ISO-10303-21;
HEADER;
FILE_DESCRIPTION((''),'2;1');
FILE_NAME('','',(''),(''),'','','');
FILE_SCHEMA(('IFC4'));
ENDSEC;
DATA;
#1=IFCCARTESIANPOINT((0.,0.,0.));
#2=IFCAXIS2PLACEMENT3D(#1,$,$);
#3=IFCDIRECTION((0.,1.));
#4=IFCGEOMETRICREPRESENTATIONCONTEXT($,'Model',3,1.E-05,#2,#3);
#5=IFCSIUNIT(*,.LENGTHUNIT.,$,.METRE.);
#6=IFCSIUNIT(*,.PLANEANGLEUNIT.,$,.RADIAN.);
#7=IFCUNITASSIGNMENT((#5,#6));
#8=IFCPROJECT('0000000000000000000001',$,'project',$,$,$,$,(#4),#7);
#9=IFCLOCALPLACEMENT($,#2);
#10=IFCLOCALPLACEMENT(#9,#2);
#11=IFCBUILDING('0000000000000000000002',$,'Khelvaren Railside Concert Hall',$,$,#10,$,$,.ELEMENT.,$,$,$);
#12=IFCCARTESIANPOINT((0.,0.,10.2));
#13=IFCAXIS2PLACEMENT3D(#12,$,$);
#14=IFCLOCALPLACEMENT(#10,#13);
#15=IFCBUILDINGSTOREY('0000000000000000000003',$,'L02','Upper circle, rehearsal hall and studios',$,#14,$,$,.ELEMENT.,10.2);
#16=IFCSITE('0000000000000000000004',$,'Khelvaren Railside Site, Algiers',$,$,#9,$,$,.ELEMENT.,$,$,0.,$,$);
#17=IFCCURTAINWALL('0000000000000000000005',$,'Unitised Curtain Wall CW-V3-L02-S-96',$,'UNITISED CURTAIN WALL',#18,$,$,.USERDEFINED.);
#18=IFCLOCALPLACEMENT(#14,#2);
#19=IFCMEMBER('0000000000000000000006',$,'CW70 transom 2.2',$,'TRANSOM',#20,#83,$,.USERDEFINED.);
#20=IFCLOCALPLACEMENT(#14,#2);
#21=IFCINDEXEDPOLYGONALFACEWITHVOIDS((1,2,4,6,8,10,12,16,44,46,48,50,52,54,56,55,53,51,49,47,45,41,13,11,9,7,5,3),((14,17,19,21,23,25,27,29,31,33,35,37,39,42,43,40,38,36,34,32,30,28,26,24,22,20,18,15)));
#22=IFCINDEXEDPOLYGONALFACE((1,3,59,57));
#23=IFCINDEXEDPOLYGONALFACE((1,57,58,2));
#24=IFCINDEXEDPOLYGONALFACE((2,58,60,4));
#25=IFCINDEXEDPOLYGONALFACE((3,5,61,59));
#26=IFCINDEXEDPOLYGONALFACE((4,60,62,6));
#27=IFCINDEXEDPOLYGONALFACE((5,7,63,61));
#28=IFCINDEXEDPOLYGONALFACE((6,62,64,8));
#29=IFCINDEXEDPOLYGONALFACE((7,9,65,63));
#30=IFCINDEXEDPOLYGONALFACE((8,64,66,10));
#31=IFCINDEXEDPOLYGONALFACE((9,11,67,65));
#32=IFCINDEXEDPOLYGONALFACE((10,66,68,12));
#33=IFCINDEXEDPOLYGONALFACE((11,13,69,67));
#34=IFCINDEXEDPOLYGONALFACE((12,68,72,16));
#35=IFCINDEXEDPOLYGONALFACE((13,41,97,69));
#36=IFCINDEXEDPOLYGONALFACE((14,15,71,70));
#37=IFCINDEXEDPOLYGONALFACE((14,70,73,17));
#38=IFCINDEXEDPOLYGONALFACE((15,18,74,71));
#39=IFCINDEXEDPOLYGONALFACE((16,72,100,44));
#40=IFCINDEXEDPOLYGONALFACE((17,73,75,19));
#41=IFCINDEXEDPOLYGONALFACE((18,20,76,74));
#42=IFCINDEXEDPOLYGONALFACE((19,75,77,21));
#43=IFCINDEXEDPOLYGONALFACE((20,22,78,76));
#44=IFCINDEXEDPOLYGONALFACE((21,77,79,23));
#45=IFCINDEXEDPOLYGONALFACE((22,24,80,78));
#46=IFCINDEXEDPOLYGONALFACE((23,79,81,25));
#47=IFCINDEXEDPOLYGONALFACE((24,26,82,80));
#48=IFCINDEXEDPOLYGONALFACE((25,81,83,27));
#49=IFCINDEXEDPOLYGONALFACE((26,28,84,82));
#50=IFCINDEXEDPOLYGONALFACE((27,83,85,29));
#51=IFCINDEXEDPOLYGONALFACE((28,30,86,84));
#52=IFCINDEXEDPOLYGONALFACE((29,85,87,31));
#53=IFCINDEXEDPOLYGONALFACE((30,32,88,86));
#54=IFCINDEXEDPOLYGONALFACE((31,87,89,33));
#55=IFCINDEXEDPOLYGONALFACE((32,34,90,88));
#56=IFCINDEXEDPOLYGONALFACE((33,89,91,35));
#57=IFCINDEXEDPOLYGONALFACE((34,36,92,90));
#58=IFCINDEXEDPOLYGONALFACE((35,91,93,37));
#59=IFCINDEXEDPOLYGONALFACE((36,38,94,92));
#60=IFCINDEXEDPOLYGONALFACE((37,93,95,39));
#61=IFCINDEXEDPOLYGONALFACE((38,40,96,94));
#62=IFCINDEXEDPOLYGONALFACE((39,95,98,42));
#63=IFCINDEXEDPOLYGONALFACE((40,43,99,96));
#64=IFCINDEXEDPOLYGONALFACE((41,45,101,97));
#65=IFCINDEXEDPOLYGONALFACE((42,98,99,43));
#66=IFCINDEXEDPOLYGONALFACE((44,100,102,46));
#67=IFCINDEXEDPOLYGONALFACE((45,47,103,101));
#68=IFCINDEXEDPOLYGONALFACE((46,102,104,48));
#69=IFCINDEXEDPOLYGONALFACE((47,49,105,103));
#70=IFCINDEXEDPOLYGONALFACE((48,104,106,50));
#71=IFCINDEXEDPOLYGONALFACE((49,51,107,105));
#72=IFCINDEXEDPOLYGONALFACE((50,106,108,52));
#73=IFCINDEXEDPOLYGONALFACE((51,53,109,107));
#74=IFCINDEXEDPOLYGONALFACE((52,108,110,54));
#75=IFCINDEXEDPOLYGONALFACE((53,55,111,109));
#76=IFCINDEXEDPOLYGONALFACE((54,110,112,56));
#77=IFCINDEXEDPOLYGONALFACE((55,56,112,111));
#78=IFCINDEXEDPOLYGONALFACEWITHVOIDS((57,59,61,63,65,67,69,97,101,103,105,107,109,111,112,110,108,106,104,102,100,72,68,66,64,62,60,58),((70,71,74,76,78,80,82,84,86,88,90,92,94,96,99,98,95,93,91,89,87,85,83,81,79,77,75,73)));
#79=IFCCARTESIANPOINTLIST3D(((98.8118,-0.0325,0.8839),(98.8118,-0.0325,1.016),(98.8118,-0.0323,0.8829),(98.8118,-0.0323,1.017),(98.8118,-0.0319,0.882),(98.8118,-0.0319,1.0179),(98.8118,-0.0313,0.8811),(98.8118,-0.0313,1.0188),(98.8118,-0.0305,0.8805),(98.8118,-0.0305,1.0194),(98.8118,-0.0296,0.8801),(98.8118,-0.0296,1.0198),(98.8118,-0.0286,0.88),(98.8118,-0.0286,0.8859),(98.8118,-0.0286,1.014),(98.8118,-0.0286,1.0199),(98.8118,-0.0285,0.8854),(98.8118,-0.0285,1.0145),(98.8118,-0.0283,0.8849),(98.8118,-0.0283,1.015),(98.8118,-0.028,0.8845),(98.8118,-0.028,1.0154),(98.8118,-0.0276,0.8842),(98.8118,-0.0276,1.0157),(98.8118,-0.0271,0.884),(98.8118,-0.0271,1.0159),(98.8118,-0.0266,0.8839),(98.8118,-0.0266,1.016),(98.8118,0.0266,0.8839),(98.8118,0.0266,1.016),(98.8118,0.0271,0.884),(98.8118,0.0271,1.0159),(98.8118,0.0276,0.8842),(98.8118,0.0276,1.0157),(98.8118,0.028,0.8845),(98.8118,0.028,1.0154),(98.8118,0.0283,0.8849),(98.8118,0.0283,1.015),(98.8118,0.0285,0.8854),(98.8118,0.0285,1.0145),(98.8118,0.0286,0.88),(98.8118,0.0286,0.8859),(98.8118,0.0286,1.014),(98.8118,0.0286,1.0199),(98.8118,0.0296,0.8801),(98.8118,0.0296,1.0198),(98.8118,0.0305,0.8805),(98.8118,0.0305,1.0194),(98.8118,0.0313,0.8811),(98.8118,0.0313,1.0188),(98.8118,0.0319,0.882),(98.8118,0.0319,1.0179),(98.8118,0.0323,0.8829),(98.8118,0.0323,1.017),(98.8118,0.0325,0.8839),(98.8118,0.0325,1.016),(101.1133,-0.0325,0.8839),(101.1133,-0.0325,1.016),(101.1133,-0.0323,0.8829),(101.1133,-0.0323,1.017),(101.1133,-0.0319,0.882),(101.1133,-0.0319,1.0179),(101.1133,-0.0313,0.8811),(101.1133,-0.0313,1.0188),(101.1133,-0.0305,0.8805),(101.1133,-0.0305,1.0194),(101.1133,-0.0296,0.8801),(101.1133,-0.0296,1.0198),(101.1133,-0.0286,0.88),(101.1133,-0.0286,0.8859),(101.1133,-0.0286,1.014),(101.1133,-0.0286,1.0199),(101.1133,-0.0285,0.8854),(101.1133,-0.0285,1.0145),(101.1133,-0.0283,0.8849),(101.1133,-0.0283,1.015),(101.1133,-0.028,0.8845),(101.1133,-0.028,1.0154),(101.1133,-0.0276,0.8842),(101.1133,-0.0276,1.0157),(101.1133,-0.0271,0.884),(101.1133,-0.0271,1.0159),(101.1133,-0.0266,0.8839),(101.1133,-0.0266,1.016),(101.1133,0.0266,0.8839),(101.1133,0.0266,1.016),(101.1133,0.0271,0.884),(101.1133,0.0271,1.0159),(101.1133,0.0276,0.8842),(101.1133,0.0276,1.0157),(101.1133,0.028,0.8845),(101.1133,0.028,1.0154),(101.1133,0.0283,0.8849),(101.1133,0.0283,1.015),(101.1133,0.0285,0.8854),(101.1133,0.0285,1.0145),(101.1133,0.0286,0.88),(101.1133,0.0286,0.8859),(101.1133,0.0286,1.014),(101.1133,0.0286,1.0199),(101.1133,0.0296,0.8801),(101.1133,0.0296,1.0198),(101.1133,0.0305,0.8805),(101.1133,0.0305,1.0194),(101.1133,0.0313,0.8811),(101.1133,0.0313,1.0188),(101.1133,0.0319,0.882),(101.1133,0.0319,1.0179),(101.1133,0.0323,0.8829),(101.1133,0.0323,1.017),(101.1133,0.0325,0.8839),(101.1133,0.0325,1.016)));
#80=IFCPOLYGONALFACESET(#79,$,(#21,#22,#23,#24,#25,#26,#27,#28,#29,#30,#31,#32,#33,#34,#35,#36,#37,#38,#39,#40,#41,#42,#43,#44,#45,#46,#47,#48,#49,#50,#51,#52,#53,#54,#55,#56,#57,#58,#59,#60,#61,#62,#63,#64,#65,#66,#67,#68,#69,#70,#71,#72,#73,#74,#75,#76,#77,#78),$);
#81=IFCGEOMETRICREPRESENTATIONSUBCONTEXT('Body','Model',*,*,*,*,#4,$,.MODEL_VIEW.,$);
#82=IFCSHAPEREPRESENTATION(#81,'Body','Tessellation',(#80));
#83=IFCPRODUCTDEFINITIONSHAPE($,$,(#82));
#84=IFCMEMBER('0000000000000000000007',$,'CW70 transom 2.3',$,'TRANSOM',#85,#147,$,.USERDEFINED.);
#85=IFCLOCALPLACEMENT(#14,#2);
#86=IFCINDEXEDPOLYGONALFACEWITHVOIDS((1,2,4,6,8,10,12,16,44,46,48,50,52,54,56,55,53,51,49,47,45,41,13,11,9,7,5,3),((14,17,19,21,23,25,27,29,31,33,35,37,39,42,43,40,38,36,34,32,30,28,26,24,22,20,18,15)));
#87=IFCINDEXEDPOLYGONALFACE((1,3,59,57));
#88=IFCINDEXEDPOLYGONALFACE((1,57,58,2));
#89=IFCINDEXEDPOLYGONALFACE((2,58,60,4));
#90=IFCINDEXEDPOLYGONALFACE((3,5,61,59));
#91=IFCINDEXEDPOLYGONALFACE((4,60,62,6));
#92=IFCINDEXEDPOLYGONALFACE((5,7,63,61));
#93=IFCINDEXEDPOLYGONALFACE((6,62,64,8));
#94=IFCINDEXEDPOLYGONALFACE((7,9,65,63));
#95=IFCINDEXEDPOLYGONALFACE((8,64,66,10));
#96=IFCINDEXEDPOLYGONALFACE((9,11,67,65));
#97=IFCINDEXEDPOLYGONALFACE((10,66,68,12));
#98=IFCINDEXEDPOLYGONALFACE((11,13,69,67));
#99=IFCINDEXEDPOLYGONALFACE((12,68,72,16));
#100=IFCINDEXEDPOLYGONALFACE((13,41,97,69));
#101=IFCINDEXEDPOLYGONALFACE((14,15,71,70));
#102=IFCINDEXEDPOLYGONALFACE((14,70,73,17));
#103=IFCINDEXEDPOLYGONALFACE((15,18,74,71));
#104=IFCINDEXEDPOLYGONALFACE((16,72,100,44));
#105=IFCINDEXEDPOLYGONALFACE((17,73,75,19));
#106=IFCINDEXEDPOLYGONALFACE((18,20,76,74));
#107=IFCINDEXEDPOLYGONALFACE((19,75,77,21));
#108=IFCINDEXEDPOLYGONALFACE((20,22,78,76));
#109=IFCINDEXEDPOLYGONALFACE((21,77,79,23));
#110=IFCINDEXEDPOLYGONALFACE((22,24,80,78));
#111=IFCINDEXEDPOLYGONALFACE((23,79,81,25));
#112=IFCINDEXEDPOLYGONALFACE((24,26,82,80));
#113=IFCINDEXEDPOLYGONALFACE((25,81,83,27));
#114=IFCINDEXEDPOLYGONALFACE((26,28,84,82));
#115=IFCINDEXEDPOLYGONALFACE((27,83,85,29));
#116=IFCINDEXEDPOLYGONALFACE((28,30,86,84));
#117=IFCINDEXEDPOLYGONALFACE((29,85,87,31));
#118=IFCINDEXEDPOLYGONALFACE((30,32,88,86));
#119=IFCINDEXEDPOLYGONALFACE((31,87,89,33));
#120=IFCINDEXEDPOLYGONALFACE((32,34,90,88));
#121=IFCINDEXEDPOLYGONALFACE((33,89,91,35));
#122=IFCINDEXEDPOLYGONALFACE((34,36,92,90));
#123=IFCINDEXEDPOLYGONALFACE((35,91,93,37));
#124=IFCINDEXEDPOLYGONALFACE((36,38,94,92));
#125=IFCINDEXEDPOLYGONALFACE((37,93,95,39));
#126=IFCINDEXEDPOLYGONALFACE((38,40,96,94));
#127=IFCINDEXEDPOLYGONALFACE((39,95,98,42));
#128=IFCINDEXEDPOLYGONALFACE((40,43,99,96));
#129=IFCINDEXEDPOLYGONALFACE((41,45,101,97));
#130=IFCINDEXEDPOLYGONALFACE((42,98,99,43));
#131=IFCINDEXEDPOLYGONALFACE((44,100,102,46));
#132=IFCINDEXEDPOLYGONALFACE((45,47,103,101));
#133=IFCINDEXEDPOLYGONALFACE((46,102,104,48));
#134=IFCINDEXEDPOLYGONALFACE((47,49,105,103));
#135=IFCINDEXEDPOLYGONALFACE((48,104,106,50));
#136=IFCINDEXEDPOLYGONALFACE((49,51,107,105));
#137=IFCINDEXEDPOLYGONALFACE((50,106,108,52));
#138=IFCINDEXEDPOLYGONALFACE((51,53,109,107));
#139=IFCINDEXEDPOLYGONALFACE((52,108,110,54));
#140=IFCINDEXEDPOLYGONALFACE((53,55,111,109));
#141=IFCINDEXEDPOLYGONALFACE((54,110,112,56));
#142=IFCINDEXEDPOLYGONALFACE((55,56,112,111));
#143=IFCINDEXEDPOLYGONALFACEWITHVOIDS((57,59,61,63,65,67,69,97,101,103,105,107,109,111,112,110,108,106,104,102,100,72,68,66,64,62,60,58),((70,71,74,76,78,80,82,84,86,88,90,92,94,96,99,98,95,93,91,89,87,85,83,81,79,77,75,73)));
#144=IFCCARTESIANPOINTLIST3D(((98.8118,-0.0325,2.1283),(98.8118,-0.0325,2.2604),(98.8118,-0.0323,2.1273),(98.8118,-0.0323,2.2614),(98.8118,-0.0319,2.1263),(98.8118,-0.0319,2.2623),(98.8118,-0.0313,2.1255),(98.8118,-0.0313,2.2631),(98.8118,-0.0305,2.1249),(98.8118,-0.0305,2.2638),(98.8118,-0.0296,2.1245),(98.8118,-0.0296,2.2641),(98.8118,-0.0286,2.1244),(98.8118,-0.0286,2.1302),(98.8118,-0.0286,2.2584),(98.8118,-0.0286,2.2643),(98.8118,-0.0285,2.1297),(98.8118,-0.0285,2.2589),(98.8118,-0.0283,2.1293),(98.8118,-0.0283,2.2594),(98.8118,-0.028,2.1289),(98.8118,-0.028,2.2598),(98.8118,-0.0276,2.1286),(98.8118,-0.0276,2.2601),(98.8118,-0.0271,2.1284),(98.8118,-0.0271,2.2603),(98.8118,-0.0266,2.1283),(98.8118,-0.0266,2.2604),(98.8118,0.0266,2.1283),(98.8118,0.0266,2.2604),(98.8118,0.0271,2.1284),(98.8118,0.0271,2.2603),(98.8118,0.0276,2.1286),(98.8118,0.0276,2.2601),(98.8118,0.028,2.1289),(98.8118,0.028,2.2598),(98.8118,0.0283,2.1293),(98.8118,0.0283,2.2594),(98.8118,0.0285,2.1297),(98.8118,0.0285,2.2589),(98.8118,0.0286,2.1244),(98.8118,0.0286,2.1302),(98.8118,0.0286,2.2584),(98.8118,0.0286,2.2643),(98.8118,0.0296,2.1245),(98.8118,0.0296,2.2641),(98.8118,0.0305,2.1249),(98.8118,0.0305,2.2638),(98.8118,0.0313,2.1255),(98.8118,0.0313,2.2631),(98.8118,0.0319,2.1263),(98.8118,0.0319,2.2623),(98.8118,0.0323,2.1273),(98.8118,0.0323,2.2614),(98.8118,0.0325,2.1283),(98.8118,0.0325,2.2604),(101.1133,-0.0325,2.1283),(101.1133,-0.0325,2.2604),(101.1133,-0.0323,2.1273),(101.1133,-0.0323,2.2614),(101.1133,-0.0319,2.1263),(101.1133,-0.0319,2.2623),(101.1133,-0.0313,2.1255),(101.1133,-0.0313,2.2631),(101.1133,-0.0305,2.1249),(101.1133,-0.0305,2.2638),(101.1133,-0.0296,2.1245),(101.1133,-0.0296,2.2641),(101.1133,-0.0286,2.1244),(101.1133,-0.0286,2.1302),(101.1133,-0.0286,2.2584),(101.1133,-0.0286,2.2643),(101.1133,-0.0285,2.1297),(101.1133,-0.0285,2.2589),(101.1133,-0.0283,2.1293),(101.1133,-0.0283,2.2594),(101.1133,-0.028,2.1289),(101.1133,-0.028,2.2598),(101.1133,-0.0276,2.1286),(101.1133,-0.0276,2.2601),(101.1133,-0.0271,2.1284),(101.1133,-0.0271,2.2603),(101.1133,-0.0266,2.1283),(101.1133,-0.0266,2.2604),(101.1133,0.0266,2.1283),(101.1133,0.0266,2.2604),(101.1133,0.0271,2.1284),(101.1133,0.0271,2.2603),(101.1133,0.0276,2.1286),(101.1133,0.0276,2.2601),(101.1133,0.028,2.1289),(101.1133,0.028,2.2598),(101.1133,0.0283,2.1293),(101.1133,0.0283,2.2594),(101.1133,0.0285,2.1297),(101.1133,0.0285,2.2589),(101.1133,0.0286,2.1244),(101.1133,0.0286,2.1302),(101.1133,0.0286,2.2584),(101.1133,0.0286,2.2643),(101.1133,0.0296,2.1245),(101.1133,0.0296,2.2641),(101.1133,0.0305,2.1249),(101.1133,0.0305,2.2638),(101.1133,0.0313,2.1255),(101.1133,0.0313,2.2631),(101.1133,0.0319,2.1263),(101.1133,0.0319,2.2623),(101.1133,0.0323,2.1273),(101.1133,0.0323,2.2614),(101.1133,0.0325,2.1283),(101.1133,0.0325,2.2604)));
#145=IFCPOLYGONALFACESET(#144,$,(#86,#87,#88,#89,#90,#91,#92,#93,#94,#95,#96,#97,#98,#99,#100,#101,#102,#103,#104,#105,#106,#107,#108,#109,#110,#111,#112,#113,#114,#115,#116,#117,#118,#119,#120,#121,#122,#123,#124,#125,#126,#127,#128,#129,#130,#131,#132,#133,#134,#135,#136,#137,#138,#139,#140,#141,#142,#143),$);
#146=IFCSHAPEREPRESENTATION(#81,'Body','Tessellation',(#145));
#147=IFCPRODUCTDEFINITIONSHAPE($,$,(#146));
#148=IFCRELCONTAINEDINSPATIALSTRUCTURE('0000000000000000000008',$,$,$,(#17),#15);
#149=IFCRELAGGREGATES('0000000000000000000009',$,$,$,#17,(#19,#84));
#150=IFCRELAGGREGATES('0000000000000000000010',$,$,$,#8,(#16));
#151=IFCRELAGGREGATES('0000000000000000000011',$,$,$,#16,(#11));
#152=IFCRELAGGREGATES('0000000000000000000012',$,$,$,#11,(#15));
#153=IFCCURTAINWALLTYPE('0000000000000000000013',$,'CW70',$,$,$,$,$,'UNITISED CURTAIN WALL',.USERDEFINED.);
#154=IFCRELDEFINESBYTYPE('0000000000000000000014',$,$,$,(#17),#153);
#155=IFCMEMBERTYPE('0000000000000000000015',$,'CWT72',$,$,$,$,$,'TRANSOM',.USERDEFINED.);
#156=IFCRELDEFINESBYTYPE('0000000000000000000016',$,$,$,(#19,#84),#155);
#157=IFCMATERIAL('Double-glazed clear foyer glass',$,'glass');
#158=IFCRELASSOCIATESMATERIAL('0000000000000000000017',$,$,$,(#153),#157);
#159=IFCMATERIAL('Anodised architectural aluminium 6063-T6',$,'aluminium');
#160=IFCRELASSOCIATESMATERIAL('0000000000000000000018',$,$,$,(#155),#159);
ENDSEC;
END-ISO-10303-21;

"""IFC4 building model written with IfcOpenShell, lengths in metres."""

from ifc_helpers import new_model, si_unit, direction, frame, origin, origin_2d, place, context, subcontext, project, spatial, hollow_rectangle, extrude, material, material_profile, profile_set, type_object, element, aggregate, save


model = new_model("IFC4")

# Units and contexts
model_context = context("Model", 3, precision=1e-05, world=origin(), true_north=direction((0.0, 1.0)))
body_context = subcontext(model_context, "Body", "Model", "MODEL_VIEW")
ifc_project = project(units=[si_unit("LENGTHUNIT", "METRE"), si_unit("PLANEANGLEUNIT", "RADIAN")], contexts=[model_context])

# Site, building, storey
site_placement = place(None, origin())
site = spatial("IfcSite", under=ifc_project, at=site_placement, Name="Khelvaren Railside Site, Algiers", CompositionType="ELEMENT", RefElevation=0.0)
building_placement = place(site_placement, origin())
building = spatial("IfcBuilding", under=site, at=building_placement, Name="Khelvaren Railside Concert Hall", CompositionType="ELEMENT")
storey_placement = place(building_placement, frame((0.0, 0.0, 10.2)))
storey = spatial("IfcBuildingStorey", under=building, at=storey_placement, Name="L02", Description="Upper circle, rehearsal hall and studios", CompositionType="ELEMENT", Elevation=10.2)

# Curtain wall
ifc_material_1 = material(Name="Double-glazed clear foyer glass", Category="glass")
curtain_wall_type_1 = type_object("IfcCurtainWallType", Name="CW70", ElementType="UNITISED CURTAIN WALL", PredefinedType="USERDEFINED", material=ifc_material_1)
curtain_wall_1_placement = place(storey_placement, origin())
curtain_wall_1 = element("IfcCurtainWall", 1, at=curtain_wall_1_placement, inside=storey, type_object=curtain_wall_type_1, Name="Unitised Curtain Wall CW-V3-L02-S-96", ObjectType="UNITISED CURTAIN WALL", PredefinedType="USERDEFINED")
ifc_material_2 = material(Name="Anodised architectural aluminium 6063-T6", Category="aluminium")

# Members
ifc_material_profile_1 = material_profile(ifc_material_2, hollow_rectangle(XDim=0.0649, YDim=0.1399, WallThickness=0.0039, InnerFilletRadius=0.002, OuterFilletRadius=0.0039, at=origin_2d()), Name="CWT 65x140x4")
ifc_profile_set_1 = profile_set([ifc_material_profile_1], Name="Anodised architectural aluminium 6063-T6")
member_type_1 = type_object("IfcMemberType", Name="CWT72", ElementType="TRANSOM", PredefinedType="USERDEFINED", material=ifc_profile_set_1)
member_1_placement = place(storey_placement, frame((101.1133, 0.0, 0.95), z_axis=(-1.0, 0.0, 0.0), x_axis=(0.0, -1.0, 0.0)))
member_1 = element("IfcMember", 2, at=member_1_placement, type_object=member_type_1, Name="CW70 transom 2.2", ObjectType="TRANSOM", PredefinedType="USERDEFINED", context=body_context, shape_type="SweptSolid", body=[
    extrude(hollow_rectangle(XDim=0.0649, YDim=0.1399, WallThickness=0.0039, InnerFilletRadius=0.002, OuterFilletRadius=0.0039, at=origin_2d()), origin(), (0.0, 0.0, 1.0), 2.3015),
])
member_2_placement = place(storey_placement, frame((101.1133, 0.0, 2.1943), z_axis=(-1.0, 0.0, 0.0), x_axis=(0.0, -1.0, 0.0)))
member_2 = element("IfcMember", 3, at=member_2_placement, type_object=member_type_1, Name="CW70 transom 2.3", ObjectType="TRANSOM", PredefinedType="USERDEFINED", context=body_context, shape_type="SweptSolid", body=[
    extrude(hollow_rectangle(XDim=0.0649, YDim=0.1399, WallThickness=0.0039, InnerFilletRadius=0.002, OuterFilletRadius=0.0039, at=origin_2d()), origin(), (0.0, 0.0, 1.0), 2.3015),
])

aggregate(curtain_wall_1, [member_1, member_2])

save(model, "model.ifc")
